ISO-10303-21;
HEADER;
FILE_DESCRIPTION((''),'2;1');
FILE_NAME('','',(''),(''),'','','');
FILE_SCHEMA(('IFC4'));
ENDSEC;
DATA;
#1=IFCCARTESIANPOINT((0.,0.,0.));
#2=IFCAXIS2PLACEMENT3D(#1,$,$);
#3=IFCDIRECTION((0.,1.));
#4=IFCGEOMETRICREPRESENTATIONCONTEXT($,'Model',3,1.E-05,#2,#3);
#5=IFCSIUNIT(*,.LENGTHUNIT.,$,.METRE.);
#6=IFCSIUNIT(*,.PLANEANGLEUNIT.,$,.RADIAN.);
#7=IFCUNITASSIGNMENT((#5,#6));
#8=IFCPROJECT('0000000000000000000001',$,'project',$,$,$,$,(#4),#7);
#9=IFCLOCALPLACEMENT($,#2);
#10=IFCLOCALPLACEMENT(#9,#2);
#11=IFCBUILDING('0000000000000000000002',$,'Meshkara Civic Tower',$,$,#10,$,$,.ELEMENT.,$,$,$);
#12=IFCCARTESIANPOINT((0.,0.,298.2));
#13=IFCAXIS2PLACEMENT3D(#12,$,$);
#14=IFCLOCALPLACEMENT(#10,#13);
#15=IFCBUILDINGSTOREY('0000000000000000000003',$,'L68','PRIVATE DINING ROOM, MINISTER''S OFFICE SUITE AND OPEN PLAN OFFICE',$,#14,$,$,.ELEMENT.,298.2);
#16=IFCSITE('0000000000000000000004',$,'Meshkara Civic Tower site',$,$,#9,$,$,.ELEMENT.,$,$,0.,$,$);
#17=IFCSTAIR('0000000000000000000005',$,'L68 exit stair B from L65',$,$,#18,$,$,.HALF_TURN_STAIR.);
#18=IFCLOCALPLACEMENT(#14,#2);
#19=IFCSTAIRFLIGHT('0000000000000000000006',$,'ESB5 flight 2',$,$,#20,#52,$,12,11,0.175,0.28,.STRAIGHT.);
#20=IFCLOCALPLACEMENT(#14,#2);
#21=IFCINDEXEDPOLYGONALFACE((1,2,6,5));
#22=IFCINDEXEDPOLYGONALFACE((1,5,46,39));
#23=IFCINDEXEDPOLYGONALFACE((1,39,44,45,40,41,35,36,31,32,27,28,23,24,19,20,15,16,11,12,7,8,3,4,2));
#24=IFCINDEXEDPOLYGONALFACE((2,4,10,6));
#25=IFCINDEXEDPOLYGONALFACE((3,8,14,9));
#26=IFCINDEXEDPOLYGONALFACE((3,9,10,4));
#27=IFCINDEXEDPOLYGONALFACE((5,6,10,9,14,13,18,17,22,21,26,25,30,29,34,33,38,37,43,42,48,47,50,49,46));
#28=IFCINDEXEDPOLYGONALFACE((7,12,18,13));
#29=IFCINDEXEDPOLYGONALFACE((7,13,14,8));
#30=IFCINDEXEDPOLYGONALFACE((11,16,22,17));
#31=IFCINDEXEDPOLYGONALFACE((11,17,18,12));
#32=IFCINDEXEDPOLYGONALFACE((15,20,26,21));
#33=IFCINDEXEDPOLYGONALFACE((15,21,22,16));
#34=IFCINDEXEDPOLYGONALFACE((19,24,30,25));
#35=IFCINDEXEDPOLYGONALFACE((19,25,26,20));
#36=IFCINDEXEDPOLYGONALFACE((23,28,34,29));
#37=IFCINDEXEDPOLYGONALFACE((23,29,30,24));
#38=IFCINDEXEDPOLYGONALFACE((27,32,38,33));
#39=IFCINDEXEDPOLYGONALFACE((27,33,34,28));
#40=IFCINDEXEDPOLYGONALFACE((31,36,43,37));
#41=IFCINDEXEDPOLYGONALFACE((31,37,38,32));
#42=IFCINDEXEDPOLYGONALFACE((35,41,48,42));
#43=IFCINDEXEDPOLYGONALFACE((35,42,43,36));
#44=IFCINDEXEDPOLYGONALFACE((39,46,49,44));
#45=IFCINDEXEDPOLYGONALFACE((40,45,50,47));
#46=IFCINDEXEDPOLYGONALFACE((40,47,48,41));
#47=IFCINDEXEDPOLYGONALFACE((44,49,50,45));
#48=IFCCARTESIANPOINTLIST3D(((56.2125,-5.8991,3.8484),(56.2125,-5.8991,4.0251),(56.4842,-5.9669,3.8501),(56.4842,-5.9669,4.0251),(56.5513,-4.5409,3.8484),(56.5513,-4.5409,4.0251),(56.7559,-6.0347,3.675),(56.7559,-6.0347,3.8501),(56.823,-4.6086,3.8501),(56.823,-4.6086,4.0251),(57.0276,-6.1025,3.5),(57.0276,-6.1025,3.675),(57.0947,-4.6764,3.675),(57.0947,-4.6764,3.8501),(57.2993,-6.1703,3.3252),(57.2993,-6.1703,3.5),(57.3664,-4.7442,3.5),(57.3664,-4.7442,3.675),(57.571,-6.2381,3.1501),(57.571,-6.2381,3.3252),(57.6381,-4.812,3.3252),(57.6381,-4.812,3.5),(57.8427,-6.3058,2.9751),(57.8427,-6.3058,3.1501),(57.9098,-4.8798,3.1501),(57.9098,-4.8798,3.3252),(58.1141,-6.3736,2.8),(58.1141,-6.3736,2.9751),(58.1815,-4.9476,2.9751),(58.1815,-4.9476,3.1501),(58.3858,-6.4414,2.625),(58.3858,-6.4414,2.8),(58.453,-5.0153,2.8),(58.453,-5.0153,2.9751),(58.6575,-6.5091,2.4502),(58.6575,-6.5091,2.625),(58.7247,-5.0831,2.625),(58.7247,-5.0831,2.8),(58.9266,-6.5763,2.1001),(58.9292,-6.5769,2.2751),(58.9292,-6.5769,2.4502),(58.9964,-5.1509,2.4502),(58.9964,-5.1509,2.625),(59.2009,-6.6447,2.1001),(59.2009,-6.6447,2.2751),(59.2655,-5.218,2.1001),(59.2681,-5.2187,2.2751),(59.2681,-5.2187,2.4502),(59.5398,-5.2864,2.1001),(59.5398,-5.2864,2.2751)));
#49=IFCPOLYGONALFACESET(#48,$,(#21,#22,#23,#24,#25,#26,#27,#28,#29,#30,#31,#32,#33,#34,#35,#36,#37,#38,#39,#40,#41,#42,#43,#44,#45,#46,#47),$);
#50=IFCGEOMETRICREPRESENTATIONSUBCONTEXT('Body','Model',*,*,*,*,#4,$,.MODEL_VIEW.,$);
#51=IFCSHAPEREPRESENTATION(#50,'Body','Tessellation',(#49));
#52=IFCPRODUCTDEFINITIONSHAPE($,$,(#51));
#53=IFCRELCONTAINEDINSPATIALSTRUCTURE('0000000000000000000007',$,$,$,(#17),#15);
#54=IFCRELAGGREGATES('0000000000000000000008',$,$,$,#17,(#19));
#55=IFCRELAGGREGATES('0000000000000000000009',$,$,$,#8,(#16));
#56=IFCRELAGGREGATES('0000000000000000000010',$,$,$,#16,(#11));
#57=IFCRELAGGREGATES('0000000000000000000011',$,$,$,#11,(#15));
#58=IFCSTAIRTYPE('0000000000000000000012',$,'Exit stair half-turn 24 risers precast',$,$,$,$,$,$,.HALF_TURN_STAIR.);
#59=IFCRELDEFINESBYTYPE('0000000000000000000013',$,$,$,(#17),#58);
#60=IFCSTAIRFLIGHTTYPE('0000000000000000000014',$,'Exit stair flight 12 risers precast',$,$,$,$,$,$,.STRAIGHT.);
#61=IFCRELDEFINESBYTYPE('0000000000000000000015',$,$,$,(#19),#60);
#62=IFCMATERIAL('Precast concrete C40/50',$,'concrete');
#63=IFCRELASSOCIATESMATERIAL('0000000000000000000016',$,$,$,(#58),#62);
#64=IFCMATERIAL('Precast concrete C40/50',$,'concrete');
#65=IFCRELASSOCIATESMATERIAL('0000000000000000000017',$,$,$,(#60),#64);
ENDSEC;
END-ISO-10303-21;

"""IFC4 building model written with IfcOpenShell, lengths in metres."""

from ifc_helpers import new_model, si_unit, direction, frame, origin, place, context, subcontext, project, spatial, polyline, outline, extrude, material, type_object, element, aggregate, save


model = new_model("IFC4")

# Units and contexts
model_context = context("Model", 3, precision=1e-05, world=origin(), true_north=direction((0.0, 1.0)))
body_context = subcontext(model_context, "Body", "Model", "MODEL_VIEW")
ifc_project = project(units=[si_unit("LENGTHUNIT", "METRE"), si_unit("PLANEANGLEUNIT", "RADIAN")], contexts=[model_context])

# Site, building, storey
site_placement = place(None, origin())
site = spatial("IfcSite", under=ifc_project, at=site_placement, Name="Meshkara Civic Tower site", CompositionType="ELEMENT", RefElevation=0.0)
building_placement = place(site_placement, origin())
building = spatial("IfcBuilding", under=site, at=building_placement, Name="Meshkara Civic Tower", CompositionType="ELEMENT")
storey_placement = place(building_placement, frame((0.0, 0.0, 298.2)))
storey = spatial("IfcBuildingStorey", under=building, at=storey_placement, Name="L68", Description="PRIVATE DINING ROOM, MINISTER'S OFFICE SUITE AND OPEN PLAN OFFICE", CompositionType="ELEMENT", Elevation=298.2)

# Stair, stair flight
ifc_material_1 = material(Name="Precast concrete C40/50", Category="concrete")
stair_type = type_object("IfcStairType", Name="Exit stair half-turn 24 risers precast", PredefinedType="HALF_TURN_STAIR", material=ifc_material_1)
stair_placement = place(storey_placement, origin())
stair = element("IfcStair", 1, at=stair_placement, inside=storey, type_object=stair_type, Name="L68 exit stair B from L65", PredefinedType="HALF_TURN_STAIR")
ifc_material_2 = material(Name="Precast concrete C40/50", Category="concrete")
stair_flight_type = type_object("IfcStairFlightType", Name="Exit stair flight 12 risers precast", PredefinedType="STRAIGHT", material=ifc_material_2)
stair_flight_1_placement = place(storey_placement, frame((59.3704, -5.9656, 2.1001), z_axis=(0.0, 0.0, 1.0), x_axis=(-0.97026, 0.242065, 0.0)))
stair_flight_1 = element("IfcStairFlight", 2, at=stair_flight_1_placement, type_object=stair_flight_type, Name="ESB5 flight 2", NumberOfRisers=12, NumberOfTreads=11, PredefinedType="STRAIGHT", RiserHeight=0.175, TreadLength=0.28, context=body_context, shape_type="SweptSolid", body=[
    extrude(outline(polyline([(0.0, 0.0), (0.0, 0.175), (0.28, 0.175), (0.28, 0.3501), (0.5601, 0.3501), (0.5601, 0.5249), (0.8401, 0.5249), (0.8401, 0.7), (1.1201, 0.7), (1.1201, 0.875), (1.3999, 0.875), (1.3999, 1.05), (1.6799, 1.05), (1.6799, 1.2251), (1.96, 1.2251), (1.96, 1.3999), (2.24, 1.3999), (2.24, 1.575), (2.52, 1.575), (2.52, 1.75), (2.8, 1.75), (2.8, 1.925), (3.0801, 1.925), (3.0801, 2.1001), (3.0801, 1.7483), (0.2827, 0.0), (0.0, 0.0)])), frame((0.0, 0.7, 0.0), z_axis=(0.0, -1.0, 0.0), x_axis=(1.0, 0.0, 0.0)), (0.0, 0.0, 1.0), 1.3999),
])
aggregate(stair, [stair_flight_1])

save(model, "model.ifc")
